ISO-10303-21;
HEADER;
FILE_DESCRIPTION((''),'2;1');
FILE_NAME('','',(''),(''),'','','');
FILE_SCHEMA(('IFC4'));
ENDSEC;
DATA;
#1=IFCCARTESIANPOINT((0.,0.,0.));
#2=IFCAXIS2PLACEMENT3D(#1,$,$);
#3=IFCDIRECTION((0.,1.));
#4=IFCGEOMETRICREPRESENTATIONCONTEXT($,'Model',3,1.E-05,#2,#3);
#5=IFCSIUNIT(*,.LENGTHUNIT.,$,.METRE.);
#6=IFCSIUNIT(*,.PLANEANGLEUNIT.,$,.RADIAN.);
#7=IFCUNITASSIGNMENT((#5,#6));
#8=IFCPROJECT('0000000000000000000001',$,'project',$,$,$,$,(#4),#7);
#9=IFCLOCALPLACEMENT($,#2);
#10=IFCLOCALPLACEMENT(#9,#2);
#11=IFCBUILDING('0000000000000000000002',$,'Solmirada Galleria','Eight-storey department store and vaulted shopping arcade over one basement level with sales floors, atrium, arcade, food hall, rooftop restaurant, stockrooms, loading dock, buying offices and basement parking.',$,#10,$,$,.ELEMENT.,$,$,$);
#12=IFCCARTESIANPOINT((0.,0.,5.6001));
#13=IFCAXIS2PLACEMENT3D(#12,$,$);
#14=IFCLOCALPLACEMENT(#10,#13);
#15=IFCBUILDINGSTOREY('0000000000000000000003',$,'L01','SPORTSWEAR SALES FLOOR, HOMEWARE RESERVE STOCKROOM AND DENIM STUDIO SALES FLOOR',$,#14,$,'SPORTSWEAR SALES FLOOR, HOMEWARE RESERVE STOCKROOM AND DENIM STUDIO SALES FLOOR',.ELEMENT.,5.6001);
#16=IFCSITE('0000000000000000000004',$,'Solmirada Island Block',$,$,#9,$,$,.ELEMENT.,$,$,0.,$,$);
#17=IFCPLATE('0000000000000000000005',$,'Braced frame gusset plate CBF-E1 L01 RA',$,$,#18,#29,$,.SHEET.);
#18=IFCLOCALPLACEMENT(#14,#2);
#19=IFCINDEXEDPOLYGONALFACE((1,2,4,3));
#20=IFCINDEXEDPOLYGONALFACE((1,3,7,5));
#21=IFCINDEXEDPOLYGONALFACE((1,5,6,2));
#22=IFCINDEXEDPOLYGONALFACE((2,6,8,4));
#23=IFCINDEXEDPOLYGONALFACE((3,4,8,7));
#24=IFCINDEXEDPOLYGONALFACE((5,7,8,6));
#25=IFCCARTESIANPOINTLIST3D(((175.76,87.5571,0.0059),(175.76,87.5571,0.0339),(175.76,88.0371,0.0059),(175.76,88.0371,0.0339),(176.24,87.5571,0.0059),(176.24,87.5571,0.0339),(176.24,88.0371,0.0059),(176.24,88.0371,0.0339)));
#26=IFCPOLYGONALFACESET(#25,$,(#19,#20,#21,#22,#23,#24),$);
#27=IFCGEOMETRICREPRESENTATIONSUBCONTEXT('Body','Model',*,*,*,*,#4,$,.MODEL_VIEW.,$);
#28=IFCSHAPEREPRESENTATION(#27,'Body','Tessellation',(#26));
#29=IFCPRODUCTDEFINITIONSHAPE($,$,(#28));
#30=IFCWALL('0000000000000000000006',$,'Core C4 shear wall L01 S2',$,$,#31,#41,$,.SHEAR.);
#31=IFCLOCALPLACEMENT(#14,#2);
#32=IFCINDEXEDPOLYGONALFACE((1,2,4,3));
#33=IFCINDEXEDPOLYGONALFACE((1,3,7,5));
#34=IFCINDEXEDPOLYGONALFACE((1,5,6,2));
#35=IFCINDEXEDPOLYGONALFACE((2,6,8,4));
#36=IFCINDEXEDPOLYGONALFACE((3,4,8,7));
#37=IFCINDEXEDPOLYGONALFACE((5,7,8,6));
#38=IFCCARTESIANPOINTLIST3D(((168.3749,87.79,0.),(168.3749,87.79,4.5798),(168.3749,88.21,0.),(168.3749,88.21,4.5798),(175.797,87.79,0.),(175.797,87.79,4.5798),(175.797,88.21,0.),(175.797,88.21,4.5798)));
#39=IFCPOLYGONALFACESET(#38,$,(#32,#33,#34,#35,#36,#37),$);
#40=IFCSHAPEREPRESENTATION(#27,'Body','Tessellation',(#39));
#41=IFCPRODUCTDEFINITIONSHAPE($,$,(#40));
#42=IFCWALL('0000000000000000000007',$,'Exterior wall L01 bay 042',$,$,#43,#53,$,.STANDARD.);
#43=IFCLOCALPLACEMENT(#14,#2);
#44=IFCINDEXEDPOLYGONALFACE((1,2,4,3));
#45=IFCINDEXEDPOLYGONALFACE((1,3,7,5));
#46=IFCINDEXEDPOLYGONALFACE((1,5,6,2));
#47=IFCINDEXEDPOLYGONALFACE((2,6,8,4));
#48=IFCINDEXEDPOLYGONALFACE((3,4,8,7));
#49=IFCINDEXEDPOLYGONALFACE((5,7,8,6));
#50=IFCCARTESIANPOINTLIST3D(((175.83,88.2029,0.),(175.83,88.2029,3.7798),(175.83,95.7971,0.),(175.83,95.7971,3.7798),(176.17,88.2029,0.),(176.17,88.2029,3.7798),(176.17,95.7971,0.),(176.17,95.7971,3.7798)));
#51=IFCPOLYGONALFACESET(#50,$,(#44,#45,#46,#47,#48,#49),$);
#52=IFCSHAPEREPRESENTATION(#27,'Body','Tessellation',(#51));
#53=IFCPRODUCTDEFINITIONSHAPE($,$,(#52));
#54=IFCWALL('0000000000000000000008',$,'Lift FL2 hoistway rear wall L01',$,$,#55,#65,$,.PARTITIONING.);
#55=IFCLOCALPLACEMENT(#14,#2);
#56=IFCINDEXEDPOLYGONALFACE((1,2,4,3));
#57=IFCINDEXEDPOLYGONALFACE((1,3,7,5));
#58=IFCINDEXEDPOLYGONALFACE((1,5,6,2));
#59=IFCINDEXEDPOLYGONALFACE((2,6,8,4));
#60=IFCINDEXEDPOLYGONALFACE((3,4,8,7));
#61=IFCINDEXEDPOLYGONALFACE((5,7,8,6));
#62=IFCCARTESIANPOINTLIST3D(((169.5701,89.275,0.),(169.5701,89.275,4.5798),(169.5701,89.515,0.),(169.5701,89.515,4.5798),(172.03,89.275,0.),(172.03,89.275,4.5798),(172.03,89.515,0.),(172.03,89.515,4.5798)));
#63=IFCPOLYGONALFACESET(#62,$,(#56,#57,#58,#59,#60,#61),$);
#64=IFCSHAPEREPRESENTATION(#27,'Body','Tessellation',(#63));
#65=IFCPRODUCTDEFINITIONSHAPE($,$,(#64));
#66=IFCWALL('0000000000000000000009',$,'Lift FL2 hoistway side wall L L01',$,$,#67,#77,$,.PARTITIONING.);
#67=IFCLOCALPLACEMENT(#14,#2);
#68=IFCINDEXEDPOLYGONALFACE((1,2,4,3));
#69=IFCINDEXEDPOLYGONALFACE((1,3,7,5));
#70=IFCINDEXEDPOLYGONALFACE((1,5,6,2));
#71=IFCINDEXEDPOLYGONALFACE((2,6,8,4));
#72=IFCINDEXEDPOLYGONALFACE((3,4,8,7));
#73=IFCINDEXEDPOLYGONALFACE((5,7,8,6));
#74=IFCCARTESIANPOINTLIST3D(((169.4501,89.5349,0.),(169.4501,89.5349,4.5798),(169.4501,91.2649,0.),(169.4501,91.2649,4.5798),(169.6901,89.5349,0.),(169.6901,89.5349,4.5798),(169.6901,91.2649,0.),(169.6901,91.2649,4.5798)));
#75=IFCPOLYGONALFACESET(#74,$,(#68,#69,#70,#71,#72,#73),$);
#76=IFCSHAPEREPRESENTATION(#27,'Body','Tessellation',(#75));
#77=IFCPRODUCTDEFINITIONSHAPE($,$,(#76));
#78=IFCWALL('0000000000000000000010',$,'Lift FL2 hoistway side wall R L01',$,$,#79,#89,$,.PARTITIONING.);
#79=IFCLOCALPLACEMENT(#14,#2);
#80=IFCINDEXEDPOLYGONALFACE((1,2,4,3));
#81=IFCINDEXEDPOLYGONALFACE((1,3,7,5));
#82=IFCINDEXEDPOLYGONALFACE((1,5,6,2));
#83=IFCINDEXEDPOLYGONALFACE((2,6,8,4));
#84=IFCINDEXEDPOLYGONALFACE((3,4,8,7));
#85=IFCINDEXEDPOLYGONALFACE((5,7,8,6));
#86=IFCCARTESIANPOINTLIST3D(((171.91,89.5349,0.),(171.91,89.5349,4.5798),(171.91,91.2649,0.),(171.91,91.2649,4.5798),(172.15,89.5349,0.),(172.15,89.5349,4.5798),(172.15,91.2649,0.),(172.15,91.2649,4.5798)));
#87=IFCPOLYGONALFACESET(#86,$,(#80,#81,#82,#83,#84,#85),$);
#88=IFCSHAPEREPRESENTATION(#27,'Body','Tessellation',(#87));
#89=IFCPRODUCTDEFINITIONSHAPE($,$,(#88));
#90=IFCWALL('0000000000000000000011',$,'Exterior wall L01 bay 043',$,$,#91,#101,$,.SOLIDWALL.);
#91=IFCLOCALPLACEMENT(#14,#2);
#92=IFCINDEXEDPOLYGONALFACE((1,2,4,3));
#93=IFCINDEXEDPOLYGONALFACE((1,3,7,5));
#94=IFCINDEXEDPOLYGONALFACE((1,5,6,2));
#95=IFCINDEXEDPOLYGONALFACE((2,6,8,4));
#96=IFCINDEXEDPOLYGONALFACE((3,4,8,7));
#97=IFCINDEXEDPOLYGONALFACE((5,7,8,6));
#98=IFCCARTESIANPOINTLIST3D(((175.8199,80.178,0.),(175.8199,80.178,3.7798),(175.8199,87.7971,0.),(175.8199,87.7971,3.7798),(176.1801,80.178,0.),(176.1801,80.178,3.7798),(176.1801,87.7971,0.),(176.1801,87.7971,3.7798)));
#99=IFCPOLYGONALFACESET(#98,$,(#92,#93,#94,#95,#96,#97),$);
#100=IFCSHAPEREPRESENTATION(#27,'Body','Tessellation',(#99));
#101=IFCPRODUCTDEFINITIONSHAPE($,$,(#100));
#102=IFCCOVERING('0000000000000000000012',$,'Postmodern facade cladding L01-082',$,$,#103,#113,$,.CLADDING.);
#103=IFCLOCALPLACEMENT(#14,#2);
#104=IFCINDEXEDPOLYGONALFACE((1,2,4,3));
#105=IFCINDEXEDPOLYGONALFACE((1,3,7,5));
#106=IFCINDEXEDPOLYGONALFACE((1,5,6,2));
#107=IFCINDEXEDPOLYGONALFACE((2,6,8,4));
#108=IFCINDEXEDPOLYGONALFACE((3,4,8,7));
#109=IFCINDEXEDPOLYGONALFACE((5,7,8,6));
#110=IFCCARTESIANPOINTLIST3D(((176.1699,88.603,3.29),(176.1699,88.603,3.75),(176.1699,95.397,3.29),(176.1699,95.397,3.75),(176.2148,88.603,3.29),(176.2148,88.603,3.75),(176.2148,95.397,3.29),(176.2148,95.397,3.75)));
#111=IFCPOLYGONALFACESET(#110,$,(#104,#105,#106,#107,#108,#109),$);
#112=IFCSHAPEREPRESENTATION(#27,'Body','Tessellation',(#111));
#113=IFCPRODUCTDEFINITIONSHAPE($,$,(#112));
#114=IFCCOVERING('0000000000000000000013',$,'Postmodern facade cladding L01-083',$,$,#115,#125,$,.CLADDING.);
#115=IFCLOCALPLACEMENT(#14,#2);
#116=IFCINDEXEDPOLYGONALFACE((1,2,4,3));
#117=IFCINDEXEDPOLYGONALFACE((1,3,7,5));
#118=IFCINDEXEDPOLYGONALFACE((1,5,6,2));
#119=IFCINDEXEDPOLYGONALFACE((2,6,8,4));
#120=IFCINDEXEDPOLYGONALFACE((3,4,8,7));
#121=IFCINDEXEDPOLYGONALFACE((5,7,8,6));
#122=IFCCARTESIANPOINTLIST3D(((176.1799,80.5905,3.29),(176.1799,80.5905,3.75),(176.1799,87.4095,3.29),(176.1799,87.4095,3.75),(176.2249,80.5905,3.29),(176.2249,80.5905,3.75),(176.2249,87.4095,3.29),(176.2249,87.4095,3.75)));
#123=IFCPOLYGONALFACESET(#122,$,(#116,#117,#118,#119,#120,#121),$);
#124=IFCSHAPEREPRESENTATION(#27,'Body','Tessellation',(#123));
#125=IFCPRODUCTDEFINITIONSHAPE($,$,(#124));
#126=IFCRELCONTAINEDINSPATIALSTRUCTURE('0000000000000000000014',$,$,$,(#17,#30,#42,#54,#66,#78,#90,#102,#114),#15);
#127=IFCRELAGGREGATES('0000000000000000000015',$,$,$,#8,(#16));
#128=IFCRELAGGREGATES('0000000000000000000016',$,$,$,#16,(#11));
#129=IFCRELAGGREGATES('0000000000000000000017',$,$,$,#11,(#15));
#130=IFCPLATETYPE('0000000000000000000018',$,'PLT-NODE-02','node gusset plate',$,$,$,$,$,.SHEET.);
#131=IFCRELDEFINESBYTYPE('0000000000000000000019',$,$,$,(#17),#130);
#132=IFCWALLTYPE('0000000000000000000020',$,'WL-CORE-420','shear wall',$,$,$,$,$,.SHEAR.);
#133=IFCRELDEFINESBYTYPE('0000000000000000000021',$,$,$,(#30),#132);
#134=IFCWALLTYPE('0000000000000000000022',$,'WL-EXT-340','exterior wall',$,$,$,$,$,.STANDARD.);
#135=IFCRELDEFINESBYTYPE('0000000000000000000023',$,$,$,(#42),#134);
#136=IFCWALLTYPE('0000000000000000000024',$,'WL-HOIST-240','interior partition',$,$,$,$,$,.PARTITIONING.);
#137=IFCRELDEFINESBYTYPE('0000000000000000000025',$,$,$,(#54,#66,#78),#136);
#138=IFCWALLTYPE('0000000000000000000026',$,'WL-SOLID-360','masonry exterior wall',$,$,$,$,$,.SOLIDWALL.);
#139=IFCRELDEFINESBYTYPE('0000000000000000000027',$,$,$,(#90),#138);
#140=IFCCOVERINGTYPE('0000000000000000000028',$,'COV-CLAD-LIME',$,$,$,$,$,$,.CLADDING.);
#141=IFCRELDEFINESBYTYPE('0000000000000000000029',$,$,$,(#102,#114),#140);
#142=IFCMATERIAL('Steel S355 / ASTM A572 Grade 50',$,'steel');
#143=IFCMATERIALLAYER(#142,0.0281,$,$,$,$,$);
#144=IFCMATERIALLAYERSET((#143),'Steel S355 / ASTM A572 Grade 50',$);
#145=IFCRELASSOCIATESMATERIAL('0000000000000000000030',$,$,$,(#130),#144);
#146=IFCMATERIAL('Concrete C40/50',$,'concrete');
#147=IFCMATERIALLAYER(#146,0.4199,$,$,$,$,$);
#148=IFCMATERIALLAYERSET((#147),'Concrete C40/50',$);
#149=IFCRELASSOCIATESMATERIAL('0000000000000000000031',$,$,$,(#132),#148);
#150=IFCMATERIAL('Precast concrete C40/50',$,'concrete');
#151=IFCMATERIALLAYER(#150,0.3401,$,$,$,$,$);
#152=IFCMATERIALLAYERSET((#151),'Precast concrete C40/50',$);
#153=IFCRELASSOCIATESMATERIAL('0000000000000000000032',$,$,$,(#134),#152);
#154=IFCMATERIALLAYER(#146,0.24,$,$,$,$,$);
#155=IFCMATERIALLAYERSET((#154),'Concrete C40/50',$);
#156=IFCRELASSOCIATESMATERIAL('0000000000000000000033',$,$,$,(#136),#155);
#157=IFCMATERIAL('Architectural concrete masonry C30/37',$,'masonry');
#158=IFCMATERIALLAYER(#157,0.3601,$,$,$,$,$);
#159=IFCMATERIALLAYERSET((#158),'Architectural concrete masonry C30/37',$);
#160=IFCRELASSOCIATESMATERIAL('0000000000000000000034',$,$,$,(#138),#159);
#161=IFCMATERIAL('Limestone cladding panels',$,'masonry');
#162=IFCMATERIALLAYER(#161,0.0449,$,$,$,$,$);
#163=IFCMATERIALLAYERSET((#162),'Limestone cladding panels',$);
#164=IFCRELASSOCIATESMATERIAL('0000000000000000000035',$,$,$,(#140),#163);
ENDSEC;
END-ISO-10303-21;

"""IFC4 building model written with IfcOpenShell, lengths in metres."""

from ifc_helpers import new_model, si_unit, direction, frame, frame_2d, origin, origin_2d, place, context, subcontext, project, spatial, rectangle, extrude, material, layer, layer_set, type_object, element, save


model = new_model("IFC4")

# Units and contexts
model_context = context("Model", 3, precision=1e-05, world=origin(), true_north=direction((0.0, 1.0)))
body_context = subcontext(model_context, "Body", "Model", "MODEL_VIEW")
ifc_project = project(units=[si_unit("LENGTHUNIT", "METRE"), si_unit("PLANEANGLEUNIT", "RADIAN")], contexts=[model_context])

# Site, building, storey
site_placement = place(None, origin())
site = spatial("IfcSite", under=ifc_project, at=site_placement, Name="Solmirada Island Block", CompositionType="ELEMENT", RefElevation=0.0)
building_placement = place(site_placement, origin())
building = spatial("IfcBuilding", under=site, at=building_placement, Name="Solmirada Galleria", Description="Eight-storey department store and vaulted shopping arcade over one basement level with sales floors, atrium, arcade, food hall, rooftop restaurant, stockrooms, loading dock, buying offices and basement parking.", CompositionType="ELEMENT")
storey_placement = place(building_placement, frame((0.0, 0.0, 5.6001)))
storey = spatial("IfcBuildingStorey", under=building, at=storey_placement, Name="L01", Description="SPORTSWEAR SALES FLOOR, HOMEWARE RESERVE STOCKROOM AND DENIM STUDIO SALES FLOOR", LongName="SPORTSWEAR SALES FLOOR, HOMEWARE RESERVE STOCKROOM AND DENIM STUDIO SALES FLOOR", CompositionType="ELEMENT", Elevation=5.6001)

# Shared definitions
ifc_material_1 = material(Name="Concrete C40/50", Category="concrete")

# Plate
ifc_material_2 = material(Name="Steel S355 / ASTM A572 Grade 50", Category="steel")
ifc_layer_1 = layer(ifc_material_2, 0.0281)
ifc_layer_set_1 = layer_set([ifc_layer_1], Name="Steel S355 / ASTM A572 Grade 50")
plate_type = type_object("IfcPlateType", Name="PLT-NODE-02", Description="node gusset plate", PredefinedType="SHEET", material=ifc_layer_set_1)
plate_placement = place(storey_placement, frame((176.0, 87.7971, 0.0059), z_axis=(0.0, 0.0, 1.0), x_axis=(1.0, 0.0, 0.0)))
element("IfcPlate", 1, at=plate_placement, inside=storey, type_object=plate_type, Name="Braced frame gusset plate CBF-E1 L01 RA", PredefinedType="SHEET", context=body_context, shape_type="SweptSolid", body=[
    extrude(rectangle(XDim=0.48, YDim=0.48, at=origin_2d()), origin(), (0.0, 0.0, 1.0), 0.0281),
])

# Walls
ifc_layer_2 = layer(ifc_material_1, 0.4199)
ifc_layer_set_2 = layer_set([ifc_layer_2], Name="Concrete C40/50")
wall_type_1 = type_object("IfcWallType", Name="WL-CORE-420", Description="shear wall", PredefinedType="SHEAR", material=ifc_layer_set_2)
wall_1_placement = place(storey_placement, frame((168.375, 88.0, 0.0), z_axis=(0.0, 0.0, 1.0), x_axis=(1.0, 0.0, 0.0)))
element("IfcWall", 2, at=wall_1_placement, inside=storey, type_object=wall_type_1, Name="Core C4 shear wall L01 S2", PredefinedType="SHEAR", context=body_context, shape_type="SweptSolid", body=[
    extrude(rectangle(XDim=7.4221, YDim=0.4199, at=frame_2d((3.7109, 0.0))), origin(), (0.0, 0.0, 1.0), 4.5798),
])
ifc_material_3 = material(Name="Precast concrete C40/50", Category="concrete")
ifc_layer_3 = layer(ifc_material_3, 0.3401)
ifc_layer_set_3 = layer_set([ifc_layer_3], Name="Precast concrete C40/50")
wall_type_2 = type_object("IfcWallType", Name="WL-EXT-340", Description="exterior wall", PredefinedType="STANDARD", material=ifc_layer_set_3)
wall_2_placement = place(storey_placement, frame((176.0, 95.7971, 0.0), z_axis=(0.0, 0.0, 1.0), x_axis=(0.0, -1.0, 0.0)))
element("IfcWall", 3, at=wall_2_placement, inside=storey, type_object=wall_type_2, Name="Exterior wall L01 bay 042", PredefinedType="STANDARD", context=body_context, shape_type="SweptSolid", body=[
    extrude(rectangle(XDim=7.5942, YDim=0.3401, at=frame_2d((3.7971, 0.0))), origin(), (0.0, 0.0, 1.0), 3.7798),
])

# Shared definitions
ifc_layer_4 = layer(ifc_material_1, 0.24)
ifc_layer_set_4 = layer_set([ifc_layer_4], Name="Concrete C40/50")
wall_type_3 = type_object("IfcWallType", Name="WL-HOIST-240", Description="interior partition", PredefinedType="PARTITIONING", material=ifc_layer_set_4)

# Walls
wall_3_placement = place(storey_placement, frame((169.5701, 89.395, 0.0), z_axis=(0.0, 0.0, 1.0), x_axis=(1.0, 0.0, 0.0)))
element("IfcWall", 4, at=wall_3_placement, inside=storey, type_object=wall_type_3, Name="Lift FL2 hoistway rear wall L01", PredefinedType="PARTITIONING", context=body_context, shape_type="SweptSolid", body=[
    extrude(rectangle(XDim=2.46, YDim=0.24, at=frame_2d((1.23, 0.0))), origin(), (0.0, 0.0, 1.0), 4.5798),
])
for number, where, z_axis, x_axis, name in (
    (5, (169.5701, 89.5349, 0.0), (0.0, 0.0, 1.0), (0.0, 1.0, 0.0), "Lift FL2 hoistway side wall L L01"),
    (6, (172.03, 89.5349, 0.0), (0.0, 0.0, 1.0), (0.0, 1.0, 0.0), "Lift FL2 hoistway side wall R L01"),
):
    element("IfcWall", number, at=place(storey_placement, frame(where, z_axis=z_axis, x_axis=x_axis)), inside=storey, type_object=wall_type_3, Name=name, PredefinedType="PARTITIONING", context=body_context, shape_type="SweptSolid", body=[
        extrude(rectangle(XDim=1.73, YDim=0.24, at=frame_2d((0.865, 0.0))), origin(), (0.0, 0.0, 1.0), 4.5798),
    ])

# Wall
ifc_material_4 = material(Name="Architectural concrete masonry C30/37", Category="masonry")
ifc_layer_5 = layer(ifc_material_4, 0.3601)
ifc_layer_set_5 = layer_set([ifc_layer_5], Name="Architectural concrete masonry C30/37")
wall_type_4 = type_object("IfcWallType", Name="WL-SOLID-360", Description="masonry exterior wall", PredefinedType="SOLIDWALL", material=ifc_layer_set_5)
wall_4_placement = place(storey_placement, frame((176.0, 87.7971, 0.0), z_axis=(0.0, 0.0, 1.0), x_axis=(0.0, -1.0, 0.0)))
element("IfcWall", 7, at=wall_4_placement, inside=storey, type_object=wall_type_4, Name="Exterior wall L01 bay 043", PredefinedType="SOLIDWALL", context=body_context, shape_type="SweptSolid", body=[
    extrude(rectangle(XDim=7.6191, YDim=0.3601, at=frame_2d((3.8096, 0.0))), origin(), (0.0, 0.0, 1.0), 3.7798),
])

# Coverings
ifc_material_5 = material(Name="Limestone cladding panels", Category="masonry")
ifc_layer_6 = layer(ifc_material_5, 0.0449)
ifc_layer_set_6 = layer_set([ifc_layer_6], Name="Limestone cladding panels")
covering_type = type_object("IfcCoveringType", Name="COV-CLAD-LIME", PredefinedType="CLADDING", material=ifc_layer_set_6)
covering_1_placement = place(storey_placement, frame((176.1924, 92.0, 3.29), z_axis=(0.0, 0.0, 1.0), x_axis=(0.0, -1.0, 0.0)))
element("IfcCovering", 8, at=covering_1_placement, inside=storey, type_object=covering_type, Name="Postmodern facade cladding L01-082", PredefinedType="CLADDING", context=body_context, shape_type="SweptSolid", body=[
    extrude(rectangle(XDim=6.7939, YDim=0.0449, at=origin_2d()), origin(), (0.0, 0.0, 1.0), 0.46),
])
covering_2_placement = place(storey_placement, frame((176.2024, 84.0, 3.29), z_axis=(0.0, 0.0, 1.0), x_axis=(0.0, -1.0, 0.0)))
element("IfcCovering", 9, at=covering_2_placement, inside=storey, type_object=covering_type, Name="Postmodern facade cladding L01-083", PredefinedType="CLADDING", context=body_context, shape_type="SweptSolid", body=[
    extrude(rectangle(XDim=6.8191, YDim=0.0449, at=origin_2d()), origin(), (0.0, 0.0, 1.0), 0.46),
])

save(model, "model.ifc")
